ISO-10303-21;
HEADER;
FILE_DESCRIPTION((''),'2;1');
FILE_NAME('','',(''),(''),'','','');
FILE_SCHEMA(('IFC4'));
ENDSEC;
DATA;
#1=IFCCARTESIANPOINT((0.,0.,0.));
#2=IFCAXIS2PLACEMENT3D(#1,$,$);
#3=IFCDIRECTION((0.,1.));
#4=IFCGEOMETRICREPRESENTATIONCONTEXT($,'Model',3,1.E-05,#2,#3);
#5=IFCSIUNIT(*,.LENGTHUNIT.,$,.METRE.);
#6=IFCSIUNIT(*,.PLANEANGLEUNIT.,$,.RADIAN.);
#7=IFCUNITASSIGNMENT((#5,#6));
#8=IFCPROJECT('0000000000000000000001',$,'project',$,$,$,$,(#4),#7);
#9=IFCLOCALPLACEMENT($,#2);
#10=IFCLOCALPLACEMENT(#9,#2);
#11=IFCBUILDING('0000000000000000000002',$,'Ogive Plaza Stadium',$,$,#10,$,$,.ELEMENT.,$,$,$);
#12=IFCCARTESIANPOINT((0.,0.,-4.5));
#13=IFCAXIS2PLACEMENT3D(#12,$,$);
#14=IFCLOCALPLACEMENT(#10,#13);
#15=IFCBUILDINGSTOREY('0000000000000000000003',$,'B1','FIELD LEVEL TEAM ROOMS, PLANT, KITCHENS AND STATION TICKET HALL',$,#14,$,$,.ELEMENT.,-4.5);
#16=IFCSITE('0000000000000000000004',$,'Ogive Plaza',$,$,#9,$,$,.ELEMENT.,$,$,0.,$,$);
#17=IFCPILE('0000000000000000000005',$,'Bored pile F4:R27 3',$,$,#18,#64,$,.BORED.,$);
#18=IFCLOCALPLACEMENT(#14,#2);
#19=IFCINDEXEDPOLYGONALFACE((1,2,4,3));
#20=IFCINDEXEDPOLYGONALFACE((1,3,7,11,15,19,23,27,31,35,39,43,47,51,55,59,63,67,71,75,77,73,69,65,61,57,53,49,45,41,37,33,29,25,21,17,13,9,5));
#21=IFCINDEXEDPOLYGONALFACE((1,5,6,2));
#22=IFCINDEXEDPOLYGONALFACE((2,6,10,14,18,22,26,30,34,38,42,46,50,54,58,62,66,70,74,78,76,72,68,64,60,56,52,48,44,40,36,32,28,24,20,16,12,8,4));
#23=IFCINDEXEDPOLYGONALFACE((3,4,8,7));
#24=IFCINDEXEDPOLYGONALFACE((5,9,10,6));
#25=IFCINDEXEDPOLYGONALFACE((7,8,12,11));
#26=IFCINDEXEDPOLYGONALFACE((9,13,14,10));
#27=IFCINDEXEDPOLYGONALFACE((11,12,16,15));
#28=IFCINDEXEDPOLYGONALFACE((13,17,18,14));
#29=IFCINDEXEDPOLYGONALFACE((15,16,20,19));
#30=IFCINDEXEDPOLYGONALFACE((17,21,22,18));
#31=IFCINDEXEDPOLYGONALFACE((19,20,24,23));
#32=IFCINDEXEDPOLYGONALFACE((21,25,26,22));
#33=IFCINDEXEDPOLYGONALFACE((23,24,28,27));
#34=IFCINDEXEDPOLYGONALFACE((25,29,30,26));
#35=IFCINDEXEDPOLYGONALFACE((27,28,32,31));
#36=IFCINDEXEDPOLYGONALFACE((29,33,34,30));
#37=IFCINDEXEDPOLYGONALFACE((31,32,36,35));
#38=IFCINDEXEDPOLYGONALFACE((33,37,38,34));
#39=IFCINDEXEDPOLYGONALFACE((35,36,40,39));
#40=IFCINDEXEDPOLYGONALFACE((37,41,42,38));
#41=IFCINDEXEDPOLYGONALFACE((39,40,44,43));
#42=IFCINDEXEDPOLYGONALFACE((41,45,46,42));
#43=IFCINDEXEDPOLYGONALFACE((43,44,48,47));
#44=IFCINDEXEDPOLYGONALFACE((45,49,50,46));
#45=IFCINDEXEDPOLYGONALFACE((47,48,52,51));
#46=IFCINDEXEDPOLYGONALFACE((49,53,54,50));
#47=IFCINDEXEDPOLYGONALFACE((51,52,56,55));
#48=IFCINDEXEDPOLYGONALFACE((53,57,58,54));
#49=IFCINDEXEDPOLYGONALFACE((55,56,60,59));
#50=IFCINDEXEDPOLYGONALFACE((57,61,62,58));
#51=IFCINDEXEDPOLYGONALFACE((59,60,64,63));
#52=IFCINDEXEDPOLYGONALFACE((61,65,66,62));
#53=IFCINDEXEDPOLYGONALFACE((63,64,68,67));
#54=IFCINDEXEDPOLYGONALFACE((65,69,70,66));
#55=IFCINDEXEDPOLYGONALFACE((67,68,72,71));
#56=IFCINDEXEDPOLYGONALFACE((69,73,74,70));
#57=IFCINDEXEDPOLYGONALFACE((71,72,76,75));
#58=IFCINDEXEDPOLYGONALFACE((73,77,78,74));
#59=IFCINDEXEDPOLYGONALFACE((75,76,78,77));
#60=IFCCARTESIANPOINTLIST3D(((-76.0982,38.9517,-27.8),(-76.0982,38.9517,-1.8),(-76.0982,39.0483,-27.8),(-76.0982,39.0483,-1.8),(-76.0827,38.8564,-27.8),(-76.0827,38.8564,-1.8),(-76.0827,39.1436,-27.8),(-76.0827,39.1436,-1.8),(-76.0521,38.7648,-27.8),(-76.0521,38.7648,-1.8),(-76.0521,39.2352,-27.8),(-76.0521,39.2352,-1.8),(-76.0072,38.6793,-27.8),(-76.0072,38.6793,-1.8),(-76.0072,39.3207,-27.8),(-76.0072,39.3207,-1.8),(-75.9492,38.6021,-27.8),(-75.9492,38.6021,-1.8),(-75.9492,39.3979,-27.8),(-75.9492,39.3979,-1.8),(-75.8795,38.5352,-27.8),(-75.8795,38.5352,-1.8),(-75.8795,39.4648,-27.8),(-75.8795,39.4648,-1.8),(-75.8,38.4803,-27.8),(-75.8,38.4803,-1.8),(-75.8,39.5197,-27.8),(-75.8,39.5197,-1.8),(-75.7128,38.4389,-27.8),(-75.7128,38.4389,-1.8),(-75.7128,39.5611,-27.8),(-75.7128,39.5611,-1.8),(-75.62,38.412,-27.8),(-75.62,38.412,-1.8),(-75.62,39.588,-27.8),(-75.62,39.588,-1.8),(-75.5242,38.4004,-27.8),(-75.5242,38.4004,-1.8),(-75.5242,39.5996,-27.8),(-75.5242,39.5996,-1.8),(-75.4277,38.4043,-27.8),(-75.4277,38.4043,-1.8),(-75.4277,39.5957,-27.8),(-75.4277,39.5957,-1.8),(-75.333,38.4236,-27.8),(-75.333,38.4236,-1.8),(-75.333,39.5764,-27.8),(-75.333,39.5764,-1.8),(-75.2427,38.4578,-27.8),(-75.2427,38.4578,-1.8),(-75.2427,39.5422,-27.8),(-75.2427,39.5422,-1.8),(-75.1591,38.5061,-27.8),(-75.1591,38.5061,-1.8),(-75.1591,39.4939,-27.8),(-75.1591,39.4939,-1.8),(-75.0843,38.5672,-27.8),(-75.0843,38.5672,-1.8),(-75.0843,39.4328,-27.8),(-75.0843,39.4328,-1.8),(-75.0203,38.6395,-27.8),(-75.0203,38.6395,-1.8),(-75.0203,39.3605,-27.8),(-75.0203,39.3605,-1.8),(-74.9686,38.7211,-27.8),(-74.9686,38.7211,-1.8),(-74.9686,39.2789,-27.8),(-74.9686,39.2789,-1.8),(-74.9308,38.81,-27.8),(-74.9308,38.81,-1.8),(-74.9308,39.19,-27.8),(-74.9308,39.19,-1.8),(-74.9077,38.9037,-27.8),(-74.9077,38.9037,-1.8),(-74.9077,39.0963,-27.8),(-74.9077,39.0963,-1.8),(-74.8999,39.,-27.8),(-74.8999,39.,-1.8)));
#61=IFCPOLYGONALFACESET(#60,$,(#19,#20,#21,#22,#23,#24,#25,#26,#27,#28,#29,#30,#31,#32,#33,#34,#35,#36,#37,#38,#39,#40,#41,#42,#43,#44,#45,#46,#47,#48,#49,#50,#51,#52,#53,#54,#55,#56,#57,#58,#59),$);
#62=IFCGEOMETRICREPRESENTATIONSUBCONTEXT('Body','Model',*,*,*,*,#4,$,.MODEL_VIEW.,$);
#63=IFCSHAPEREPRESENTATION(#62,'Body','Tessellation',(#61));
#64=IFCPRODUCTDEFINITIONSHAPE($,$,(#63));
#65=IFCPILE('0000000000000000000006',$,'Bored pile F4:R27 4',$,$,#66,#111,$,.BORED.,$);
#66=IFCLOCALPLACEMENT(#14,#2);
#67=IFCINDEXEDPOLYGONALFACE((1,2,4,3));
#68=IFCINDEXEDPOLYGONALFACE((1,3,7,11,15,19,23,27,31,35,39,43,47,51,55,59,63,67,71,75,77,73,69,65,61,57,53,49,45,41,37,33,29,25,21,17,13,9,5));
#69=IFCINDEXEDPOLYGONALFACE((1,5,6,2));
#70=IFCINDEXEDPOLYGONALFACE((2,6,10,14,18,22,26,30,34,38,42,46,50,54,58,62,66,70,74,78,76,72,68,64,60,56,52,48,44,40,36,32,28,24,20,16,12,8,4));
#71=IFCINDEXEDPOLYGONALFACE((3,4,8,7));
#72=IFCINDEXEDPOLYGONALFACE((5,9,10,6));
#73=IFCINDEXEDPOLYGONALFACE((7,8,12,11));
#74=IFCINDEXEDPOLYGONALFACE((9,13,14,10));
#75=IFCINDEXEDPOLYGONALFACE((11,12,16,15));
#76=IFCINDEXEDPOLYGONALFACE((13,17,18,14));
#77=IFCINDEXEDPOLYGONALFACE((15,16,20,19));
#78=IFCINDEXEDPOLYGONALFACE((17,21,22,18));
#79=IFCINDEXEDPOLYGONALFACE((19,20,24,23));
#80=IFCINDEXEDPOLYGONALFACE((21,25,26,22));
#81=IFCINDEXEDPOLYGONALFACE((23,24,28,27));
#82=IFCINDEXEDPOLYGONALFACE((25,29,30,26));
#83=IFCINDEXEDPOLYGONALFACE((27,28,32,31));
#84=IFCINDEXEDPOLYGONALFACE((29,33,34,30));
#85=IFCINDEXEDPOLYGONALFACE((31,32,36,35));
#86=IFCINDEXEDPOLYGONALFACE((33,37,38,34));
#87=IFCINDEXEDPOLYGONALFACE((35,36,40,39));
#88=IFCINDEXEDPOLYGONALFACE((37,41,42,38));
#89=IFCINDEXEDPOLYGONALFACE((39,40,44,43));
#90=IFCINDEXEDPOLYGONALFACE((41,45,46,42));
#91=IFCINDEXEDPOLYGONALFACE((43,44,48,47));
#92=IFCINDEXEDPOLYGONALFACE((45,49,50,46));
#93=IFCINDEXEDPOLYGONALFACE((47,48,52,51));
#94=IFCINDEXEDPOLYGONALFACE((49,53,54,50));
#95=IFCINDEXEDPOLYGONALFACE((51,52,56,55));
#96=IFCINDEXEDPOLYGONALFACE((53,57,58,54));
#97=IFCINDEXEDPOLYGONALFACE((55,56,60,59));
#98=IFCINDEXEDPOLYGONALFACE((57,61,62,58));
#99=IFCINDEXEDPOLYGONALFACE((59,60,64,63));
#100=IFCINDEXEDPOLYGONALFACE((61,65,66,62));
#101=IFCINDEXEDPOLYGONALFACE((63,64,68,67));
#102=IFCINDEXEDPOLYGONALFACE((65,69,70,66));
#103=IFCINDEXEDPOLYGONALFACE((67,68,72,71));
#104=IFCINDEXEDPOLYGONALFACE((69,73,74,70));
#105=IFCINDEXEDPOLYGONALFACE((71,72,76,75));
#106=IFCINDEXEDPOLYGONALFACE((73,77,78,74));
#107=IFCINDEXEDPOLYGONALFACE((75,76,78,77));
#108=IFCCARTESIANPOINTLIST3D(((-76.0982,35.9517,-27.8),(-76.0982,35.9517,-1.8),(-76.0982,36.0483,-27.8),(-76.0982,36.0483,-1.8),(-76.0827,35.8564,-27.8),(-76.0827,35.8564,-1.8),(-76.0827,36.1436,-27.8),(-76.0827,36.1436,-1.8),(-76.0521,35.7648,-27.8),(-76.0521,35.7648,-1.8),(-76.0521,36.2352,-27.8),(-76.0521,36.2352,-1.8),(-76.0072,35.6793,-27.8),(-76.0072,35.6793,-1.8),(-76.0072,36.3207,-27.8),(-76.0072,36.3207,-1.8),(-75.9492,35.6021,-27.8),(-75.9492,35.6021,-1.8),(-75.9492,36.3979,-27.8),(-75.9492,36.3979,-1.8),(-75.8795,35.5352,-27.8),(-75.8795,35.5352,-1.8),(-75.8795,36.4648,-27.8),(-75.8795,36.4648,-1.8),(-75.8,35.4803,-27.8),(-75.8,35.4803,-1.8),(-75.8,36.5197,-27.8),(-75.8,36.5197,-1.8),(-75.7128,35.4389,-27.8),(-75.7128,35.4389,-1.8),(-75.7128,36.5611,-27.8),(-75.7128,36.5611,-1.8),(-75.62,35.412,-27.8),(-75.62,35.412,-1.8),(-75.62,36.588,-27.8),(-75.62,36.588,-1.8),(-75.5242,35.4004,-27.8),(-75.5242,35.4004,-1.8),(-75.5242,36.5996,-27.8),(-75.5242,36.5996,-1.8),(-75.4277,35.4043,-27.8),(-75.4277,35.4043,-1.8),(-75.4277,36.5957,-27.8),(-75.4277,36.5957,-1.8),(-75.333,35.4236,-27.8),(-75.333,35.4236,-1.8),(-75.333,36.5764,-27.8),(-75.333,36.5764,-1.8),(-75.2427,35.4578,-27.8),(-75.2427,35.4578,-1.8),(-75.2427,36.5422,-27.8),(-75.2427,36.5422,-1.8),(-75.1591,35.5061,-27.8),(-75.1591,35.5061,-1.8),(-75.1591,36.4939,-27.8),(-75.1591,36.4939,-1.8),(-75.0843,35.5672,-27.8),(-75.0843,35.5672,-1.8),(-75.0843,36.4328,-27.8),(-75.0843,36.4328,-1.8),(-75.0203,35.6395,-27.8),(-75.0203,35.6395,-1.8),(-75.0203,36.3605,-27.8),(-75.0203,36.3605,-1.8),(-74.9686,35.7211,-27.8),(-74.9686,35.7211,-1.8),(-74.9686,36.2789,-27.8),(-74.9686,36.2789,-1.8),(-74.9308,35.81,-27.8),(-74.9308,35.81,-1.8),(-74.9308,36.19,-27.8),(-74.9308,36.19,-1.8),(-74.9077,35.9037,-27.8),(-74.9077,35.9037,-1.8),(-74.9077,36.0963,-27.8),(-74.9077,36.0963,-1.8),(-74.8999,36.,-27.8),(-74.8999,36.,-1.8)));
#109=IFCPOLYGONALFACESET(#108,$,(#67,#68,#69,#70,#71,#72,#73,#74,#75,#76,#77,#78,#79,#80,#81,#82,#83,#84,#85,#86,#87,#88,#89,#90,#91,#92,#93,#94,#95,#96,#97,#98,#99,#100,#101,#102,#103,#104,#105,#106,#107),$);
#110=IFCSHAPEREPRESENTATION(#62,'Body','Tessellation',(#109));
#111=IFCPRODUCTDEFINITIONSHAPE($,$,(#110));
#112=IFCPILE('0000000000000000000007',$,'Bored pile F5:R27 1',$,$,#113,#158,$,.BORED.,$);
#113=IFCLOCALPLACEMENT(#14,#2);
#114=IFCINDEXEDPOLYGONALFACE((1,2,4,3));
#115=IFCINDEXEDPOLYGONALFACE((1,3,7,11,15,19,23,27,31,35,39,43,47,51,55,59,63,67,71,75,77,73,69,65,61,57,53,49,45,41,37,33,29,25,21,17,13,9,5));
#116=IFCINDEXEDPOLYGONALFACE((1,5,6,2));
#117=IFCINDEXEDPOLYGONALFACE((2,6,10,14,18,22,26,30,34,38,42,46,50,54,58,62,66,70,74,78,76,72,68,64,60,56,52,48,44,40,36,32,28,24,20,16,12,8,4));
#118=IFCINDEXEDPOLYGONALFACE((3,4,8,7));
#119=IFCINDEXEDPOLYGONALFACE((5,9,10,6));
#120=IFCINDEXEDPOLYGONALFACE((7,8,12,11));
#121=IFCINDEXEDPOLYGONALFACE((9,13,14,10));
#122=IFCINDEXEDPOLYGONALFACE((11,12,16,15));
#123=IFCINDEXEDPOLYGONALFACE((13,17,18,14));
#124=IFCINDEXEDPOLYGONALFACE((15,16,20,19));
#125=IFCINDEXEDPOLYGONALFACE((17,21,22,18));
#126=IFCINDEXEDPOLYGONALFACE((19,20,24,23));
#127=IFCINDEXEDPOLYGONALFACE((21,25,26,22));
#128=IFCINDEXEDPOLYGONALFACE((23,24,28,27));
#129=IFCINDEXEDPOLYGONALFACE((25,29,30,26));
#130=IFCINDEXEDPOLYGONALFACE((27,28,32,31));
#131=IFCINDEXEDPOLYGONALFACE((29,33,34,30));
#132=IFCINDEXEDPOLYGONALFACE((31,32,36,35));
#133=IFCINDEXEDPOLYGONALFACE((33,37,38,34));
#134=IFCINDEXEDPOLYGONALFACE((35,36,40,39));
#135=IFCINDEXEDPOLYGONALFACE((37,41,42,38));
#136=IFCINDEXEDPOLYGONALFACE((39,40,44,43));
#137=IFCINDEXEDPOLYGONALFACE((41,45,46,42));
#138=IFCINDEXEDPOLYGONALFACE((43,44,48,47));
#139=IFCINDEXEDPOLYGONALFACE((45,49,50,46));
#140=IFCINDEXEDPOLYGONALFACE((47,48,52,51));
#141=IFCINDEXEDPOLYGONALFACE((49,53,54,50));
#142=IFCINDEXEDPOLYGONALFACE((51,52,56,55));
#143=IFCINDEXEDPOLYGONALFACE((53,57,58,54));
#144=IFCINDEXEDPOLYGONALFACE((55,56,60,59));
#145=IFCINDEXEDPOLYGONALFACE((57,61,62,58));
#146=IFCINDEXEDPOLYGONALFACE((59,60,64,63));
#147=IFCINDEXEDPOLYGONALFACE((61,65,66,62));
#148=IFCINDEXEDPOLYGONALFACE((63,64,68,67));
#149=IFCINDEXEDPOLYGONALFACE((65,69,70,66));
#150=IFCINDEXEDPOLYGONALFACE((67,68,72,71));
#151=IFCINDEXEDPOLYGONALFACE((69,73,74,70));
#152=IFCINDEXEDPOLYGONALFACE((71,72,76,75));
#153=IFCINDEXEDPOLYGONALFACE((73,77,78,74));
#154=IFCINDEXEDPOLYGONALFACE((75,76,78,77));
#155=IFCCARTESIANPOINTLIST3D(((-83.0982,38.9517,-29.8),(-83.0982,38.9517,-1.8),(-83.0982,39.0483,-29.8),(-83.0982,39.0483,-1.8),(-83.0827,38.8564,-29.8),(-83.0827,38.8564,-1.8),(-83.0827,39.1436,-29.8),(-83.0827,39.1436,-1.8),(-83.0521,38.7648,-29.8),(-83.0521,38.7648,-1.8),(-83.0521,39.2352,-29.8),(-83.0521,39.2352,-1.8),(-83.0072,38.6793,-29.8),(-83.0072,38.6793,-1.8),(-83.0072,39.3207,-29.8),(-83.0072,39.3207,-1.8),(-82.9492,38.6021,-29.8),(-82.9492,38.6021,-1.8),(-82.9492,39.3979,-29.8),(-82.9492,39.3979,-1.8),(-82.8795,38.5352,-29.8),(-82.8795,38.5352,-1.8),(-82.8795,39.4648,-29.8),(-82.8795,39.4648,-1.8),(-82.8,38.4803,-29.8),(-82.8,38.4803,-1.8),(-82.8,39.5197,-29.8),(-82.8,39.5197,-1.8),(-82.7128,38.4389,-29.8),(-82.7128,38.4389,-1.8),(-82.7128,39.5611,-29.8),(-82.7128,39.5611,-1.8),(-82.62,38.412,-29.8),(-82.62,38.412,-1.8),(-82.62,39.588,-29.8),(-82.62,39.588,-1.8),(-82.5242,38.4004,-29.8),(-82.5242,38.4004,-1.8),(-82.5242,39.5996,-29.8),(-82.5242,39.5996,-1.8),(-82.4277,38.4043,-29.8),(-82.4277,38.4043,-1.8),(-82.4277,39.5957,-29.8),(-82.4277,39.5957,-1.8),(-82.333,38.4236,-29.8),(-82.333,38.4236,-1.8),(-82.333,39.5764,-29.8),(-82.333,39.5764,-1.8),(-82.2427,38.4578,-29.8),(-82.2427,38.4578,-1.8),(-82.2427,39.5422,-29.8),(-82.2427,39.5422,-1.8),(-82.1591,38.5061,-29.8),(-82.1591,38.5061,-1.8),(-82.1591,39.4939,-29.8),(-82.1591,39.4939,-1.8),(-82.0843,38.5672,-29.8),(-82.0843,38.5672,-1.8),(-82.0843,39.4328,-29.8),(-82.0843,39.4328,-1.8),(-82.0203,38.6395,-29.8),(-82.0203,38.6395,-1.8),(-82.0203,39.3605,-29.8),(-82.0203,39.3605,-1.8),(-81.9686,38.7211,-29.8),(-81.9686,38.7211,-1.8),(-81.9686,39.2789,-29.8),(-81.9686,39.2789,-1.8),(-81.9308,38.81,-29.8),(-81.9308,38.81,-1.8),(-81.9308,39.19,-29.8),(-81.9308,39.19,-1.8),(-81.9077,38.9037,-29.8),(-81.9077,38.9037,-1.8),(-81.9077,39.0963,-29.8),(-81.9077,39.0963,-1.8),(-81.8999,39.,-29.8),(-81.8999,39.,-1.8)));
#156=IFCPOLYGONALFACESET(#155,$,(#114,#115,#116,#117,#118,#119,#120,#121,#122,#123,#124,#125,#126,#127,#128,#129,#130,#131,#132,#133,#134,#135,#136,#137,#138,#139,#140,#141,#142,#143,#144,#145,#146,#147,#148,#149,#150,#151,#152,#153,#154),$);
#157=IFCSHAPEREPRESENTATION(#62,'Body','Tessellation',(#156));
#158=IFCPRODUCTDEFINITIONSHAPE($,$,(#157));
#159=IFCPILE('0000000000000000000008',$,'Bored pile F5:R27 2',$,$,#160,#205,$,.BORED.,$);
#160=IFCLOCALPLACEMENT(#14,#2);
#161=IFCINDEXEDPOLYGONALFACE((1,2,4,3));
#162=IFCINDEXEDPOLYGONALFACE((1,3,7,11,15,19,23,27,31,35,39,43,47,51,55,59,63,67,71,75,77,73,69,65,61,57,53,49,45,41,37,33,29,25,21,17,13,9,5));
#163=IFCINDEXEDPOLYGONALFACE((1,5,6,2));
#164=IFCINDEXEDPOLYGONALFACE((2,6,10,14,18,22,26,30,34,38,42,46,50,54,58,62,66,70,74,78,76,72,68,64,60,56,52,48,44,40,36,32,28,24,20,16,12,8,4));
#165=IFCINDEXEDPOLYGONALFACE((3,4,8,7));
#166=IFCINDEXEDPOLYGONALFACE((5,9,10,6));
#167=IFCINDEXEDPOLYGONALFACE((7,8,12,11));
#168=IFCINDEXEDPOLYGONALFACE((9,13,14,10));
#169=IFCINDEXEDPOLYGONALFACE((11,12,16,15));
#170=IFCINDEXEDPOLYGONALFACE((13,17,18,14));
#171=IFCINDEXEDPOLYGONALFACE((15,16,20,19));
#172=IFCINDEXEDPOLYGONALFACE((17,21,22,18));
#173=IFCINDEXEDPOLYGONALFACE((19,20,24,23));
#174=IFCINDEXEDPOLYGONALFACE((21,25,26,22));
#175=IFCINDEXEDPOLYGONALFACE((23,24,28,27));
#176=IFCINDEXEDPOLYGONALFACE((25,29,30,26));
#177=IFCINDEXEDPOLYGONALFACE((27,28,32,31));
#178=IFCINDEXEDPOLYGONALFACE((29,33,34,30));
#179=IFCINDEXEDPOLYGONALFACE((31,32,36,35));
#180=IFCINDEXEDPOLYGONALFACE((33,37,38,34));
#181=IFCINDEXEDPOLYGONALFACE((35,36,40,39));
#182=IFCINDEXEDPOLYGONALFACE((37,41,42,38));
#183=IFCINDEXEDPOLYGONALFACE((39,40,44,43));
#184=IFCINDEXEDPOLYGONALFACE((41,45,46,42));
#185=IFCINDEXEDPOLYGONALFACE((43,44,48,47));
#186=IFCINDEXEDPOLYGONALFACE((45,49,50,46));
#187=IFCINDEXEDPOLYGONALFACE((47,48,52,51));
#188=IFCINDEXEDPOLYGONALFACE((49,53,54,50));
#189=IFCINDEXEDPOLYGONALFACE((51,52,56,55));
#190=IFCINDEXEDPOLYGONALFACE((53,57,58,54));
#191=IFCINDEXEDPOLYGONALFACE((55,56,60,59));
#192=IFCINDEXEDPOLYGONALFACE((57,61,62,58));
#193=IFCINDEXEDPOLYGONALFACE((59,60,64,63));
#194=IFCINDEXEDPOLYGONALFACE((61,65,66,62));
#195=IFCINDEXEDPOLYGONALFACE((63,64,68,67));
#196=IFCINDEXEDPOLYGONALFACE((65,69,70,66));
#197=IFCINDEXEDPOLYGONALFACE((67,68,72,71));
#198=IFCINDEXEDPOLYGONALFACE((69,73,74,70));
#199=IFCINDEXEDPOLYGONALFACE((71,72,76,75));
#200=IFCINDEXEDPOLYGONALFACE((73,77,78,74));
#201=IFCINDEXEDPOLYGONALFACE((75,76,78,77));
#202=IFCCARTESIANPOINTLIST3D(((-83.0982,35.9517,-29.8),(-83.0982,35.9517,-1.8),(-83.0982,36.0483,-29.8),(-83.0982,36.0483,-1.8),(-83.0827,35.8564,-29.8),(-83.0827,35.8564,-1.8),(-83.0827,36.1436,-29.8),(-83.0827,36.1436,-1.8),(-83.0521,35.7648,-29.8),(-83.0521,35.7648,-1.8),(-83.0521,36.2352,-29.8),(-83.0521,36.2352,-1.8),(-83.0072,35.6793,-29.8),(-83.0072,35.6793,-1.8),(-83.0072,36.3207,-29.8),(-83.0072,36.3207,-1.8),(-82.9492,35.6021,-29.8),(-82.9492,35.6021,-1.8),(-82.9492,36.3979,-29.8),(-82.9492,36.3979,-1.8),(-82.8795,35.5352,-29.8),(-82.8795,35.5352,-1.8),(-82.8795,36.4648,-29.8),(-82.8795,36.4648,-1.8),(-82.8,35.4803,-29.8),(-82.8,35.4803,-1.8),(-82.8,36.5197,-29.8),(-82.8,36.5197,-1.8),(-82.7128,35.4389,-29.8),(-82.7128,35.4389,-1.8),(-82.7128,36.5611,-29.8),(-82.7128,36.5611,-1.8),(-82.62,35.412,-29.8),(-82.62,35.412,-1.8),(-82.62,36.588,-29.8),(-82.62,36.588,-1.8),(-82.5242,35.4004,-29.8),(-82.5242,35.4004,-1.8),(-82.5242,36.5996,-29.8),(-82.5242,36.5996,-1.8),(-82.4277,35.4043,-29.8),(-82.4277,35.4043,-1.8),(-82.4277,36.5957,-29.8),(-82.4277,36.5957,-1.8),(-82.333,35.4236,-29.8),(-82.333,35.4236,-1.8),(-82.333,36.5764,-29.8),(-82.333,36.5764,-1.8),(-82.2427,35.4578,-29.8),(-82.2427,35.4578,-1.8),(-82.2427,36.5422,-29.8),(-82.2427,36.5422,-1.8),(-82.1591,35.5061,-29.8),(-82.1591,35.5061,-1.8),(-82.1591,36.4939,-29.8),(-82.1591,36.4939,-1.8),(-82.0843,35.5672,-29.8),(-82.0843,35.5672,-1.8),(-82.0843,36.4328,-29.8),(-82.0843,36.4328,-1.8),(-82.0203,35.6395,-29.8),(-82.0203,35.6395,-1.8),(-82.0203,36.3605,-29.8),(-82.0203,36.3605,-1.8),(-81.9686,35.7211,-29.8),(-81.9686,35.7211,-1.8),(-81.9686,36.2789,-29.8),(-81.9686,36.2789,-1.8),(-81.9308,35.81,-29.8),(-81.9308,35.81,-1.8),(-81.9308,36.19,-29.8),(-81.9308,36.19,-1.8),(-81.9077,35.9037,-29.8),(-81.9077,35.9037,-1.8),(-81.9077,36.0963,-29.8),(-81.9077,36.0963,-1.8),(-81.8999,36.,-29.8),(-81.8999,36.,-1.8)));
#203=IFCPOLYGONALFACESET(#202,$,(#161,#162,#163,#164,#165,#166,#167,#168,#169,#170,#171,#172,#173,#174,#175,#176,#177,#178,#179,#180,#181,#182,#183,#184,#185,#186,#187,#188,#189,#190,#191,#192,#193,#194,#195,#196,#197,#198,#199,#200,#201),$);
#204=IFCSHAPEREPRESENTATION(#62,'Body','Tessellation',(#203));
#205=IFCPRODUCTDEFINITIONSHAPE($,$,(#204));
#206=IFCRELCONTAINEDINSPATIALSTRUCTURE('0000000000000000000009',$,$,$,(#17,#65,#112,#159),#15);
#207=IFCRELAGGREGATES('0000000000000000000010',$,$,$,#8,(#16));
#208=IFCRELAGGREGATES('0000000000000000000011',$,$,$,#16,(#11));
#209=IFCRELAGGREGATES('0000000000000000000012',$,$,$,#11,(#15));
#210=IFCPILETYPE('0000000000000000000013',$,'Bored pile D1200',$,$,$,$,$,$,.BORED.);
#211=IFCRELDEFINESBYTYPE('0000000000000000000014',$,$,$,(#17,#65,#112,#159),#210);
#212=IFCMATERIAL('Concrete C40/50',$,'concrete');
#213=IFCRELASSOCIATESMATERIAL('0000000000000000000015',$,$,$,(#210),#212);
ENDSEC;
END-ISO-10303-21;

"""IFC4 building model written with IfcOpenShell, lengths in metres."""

from ifc_helpers import new_model, si_unit, direction, frame, origin, origin_2d, place, context, subcontext, project, spatial, circle, extrude, material, material_profile, profile_set, type_object, element, save


model = new_model("IFC4")

# Units and contexts
model_context = context("Model", 3, precision=1e-05, world=origin(), true_north=direction((0.0, 1.0)))
body_context = subcontext(model_context, "Body", "Model", "MODEL_VIEW")
ifc_project = project(units=[si_unit("LENGTHUNIT", "METRE"), si_unit("PLANEANGLEUNIT", "RADIAN")], contexts=[model_context])

# Site, building, storey
site_placement = place(None, origin())
site = spatial("IfcSite", under=ifc_project, at=site_placement, Name="Ogive Plaza", CompositionType="ELEMENT", RefElevation=0.0)
building_placement = place(site_placement, origin())
building = spatial("IfcBuilding", under=site, at=building_placement, Name="Ogive Plaza Stadium", CompositionType="ELEMENT")
storey_placement = place(building_placement, frame((0.0, 0.0, -4.5)))
storey = spatial("IfcBuildingStorey", under=building, at=storey_placement, Name="B1", Description="FIELD LEVEL TEAM ROOMS, PLANT, KITCHENS AND STATION TICKET HALL", CompositionType="ELEMENT", Elevation=-4.5)

# Piles
ifc_material_1 = material(Name="Concrete C40/50", Category="concrete")
ifc_material_profile_1 = material_profile(ifc_material_1, circle(Radius=0.6001, at=origin_2d()), Name="RC D1200")
ifc_profile_set_1 = profile_set([ifc_material_profile_1], Name="Concrete C40/50")
pile_type_1 = type_object("IfcPileType", Name="Bored pile D1200", PredefinedType="BORED", material=ifc_profile_set_1)
for number, where, z_axis, x_axis, name in (
    (1, (-75.5, 39.0, -1.8), (0.0, 0.0, -1.0), (1.0, 0.0, 0.0), "Bored pile F4:R27 3"),
    (2, (-75.5, 36.0, -1.8), (0.0, 0.0, -1.0), (1.0, 0.0, 0.0), "Bored pile F4:R27 4"),
):
    element("IfcPile", number, at=place(storey_placement, frame(where, z_axis=z_axis, x_axis=x_axis)), inside=storey, type_object=pile_type_1, Name=name, PredefinedType="BORED", context=body_context, shape_type="SweptSolid", body=[
        extrude(circle(Radius=0.6001, at=origin_2d()), origin(), (0.0, 0.0, 1.0), 26.0),
    ])
for number, where, z_axis, x_axis, name in (
    (3, (-82.5, 39.0, -1.8), (0.0, 0.0, -1.0), (1.0, 0.0, 0.0), "Bored pile F5:R27 1"),
    (4, (-82.5, 36.0, -1.8), (0.0, 0.0, -1.0), (1.0, 0.0, 0.0), "Bored pile F5:R27 2"),
):
    element("IfcPile", number, at=place(storey_placement, frame(where, z_axis=z_axis, x_axis=x_axis)), inside=storey, type_object=pile_type_1, Name=name, PredefinedType="BORED", context=body_context, shape_type="SweptSolid", body=[
        extrude(circle(Radius=0.6001, at=origin_2d()), origin(), (0.0, 0.0, 1.0), 28.0),
    ])

save(model, "model.ifc")
